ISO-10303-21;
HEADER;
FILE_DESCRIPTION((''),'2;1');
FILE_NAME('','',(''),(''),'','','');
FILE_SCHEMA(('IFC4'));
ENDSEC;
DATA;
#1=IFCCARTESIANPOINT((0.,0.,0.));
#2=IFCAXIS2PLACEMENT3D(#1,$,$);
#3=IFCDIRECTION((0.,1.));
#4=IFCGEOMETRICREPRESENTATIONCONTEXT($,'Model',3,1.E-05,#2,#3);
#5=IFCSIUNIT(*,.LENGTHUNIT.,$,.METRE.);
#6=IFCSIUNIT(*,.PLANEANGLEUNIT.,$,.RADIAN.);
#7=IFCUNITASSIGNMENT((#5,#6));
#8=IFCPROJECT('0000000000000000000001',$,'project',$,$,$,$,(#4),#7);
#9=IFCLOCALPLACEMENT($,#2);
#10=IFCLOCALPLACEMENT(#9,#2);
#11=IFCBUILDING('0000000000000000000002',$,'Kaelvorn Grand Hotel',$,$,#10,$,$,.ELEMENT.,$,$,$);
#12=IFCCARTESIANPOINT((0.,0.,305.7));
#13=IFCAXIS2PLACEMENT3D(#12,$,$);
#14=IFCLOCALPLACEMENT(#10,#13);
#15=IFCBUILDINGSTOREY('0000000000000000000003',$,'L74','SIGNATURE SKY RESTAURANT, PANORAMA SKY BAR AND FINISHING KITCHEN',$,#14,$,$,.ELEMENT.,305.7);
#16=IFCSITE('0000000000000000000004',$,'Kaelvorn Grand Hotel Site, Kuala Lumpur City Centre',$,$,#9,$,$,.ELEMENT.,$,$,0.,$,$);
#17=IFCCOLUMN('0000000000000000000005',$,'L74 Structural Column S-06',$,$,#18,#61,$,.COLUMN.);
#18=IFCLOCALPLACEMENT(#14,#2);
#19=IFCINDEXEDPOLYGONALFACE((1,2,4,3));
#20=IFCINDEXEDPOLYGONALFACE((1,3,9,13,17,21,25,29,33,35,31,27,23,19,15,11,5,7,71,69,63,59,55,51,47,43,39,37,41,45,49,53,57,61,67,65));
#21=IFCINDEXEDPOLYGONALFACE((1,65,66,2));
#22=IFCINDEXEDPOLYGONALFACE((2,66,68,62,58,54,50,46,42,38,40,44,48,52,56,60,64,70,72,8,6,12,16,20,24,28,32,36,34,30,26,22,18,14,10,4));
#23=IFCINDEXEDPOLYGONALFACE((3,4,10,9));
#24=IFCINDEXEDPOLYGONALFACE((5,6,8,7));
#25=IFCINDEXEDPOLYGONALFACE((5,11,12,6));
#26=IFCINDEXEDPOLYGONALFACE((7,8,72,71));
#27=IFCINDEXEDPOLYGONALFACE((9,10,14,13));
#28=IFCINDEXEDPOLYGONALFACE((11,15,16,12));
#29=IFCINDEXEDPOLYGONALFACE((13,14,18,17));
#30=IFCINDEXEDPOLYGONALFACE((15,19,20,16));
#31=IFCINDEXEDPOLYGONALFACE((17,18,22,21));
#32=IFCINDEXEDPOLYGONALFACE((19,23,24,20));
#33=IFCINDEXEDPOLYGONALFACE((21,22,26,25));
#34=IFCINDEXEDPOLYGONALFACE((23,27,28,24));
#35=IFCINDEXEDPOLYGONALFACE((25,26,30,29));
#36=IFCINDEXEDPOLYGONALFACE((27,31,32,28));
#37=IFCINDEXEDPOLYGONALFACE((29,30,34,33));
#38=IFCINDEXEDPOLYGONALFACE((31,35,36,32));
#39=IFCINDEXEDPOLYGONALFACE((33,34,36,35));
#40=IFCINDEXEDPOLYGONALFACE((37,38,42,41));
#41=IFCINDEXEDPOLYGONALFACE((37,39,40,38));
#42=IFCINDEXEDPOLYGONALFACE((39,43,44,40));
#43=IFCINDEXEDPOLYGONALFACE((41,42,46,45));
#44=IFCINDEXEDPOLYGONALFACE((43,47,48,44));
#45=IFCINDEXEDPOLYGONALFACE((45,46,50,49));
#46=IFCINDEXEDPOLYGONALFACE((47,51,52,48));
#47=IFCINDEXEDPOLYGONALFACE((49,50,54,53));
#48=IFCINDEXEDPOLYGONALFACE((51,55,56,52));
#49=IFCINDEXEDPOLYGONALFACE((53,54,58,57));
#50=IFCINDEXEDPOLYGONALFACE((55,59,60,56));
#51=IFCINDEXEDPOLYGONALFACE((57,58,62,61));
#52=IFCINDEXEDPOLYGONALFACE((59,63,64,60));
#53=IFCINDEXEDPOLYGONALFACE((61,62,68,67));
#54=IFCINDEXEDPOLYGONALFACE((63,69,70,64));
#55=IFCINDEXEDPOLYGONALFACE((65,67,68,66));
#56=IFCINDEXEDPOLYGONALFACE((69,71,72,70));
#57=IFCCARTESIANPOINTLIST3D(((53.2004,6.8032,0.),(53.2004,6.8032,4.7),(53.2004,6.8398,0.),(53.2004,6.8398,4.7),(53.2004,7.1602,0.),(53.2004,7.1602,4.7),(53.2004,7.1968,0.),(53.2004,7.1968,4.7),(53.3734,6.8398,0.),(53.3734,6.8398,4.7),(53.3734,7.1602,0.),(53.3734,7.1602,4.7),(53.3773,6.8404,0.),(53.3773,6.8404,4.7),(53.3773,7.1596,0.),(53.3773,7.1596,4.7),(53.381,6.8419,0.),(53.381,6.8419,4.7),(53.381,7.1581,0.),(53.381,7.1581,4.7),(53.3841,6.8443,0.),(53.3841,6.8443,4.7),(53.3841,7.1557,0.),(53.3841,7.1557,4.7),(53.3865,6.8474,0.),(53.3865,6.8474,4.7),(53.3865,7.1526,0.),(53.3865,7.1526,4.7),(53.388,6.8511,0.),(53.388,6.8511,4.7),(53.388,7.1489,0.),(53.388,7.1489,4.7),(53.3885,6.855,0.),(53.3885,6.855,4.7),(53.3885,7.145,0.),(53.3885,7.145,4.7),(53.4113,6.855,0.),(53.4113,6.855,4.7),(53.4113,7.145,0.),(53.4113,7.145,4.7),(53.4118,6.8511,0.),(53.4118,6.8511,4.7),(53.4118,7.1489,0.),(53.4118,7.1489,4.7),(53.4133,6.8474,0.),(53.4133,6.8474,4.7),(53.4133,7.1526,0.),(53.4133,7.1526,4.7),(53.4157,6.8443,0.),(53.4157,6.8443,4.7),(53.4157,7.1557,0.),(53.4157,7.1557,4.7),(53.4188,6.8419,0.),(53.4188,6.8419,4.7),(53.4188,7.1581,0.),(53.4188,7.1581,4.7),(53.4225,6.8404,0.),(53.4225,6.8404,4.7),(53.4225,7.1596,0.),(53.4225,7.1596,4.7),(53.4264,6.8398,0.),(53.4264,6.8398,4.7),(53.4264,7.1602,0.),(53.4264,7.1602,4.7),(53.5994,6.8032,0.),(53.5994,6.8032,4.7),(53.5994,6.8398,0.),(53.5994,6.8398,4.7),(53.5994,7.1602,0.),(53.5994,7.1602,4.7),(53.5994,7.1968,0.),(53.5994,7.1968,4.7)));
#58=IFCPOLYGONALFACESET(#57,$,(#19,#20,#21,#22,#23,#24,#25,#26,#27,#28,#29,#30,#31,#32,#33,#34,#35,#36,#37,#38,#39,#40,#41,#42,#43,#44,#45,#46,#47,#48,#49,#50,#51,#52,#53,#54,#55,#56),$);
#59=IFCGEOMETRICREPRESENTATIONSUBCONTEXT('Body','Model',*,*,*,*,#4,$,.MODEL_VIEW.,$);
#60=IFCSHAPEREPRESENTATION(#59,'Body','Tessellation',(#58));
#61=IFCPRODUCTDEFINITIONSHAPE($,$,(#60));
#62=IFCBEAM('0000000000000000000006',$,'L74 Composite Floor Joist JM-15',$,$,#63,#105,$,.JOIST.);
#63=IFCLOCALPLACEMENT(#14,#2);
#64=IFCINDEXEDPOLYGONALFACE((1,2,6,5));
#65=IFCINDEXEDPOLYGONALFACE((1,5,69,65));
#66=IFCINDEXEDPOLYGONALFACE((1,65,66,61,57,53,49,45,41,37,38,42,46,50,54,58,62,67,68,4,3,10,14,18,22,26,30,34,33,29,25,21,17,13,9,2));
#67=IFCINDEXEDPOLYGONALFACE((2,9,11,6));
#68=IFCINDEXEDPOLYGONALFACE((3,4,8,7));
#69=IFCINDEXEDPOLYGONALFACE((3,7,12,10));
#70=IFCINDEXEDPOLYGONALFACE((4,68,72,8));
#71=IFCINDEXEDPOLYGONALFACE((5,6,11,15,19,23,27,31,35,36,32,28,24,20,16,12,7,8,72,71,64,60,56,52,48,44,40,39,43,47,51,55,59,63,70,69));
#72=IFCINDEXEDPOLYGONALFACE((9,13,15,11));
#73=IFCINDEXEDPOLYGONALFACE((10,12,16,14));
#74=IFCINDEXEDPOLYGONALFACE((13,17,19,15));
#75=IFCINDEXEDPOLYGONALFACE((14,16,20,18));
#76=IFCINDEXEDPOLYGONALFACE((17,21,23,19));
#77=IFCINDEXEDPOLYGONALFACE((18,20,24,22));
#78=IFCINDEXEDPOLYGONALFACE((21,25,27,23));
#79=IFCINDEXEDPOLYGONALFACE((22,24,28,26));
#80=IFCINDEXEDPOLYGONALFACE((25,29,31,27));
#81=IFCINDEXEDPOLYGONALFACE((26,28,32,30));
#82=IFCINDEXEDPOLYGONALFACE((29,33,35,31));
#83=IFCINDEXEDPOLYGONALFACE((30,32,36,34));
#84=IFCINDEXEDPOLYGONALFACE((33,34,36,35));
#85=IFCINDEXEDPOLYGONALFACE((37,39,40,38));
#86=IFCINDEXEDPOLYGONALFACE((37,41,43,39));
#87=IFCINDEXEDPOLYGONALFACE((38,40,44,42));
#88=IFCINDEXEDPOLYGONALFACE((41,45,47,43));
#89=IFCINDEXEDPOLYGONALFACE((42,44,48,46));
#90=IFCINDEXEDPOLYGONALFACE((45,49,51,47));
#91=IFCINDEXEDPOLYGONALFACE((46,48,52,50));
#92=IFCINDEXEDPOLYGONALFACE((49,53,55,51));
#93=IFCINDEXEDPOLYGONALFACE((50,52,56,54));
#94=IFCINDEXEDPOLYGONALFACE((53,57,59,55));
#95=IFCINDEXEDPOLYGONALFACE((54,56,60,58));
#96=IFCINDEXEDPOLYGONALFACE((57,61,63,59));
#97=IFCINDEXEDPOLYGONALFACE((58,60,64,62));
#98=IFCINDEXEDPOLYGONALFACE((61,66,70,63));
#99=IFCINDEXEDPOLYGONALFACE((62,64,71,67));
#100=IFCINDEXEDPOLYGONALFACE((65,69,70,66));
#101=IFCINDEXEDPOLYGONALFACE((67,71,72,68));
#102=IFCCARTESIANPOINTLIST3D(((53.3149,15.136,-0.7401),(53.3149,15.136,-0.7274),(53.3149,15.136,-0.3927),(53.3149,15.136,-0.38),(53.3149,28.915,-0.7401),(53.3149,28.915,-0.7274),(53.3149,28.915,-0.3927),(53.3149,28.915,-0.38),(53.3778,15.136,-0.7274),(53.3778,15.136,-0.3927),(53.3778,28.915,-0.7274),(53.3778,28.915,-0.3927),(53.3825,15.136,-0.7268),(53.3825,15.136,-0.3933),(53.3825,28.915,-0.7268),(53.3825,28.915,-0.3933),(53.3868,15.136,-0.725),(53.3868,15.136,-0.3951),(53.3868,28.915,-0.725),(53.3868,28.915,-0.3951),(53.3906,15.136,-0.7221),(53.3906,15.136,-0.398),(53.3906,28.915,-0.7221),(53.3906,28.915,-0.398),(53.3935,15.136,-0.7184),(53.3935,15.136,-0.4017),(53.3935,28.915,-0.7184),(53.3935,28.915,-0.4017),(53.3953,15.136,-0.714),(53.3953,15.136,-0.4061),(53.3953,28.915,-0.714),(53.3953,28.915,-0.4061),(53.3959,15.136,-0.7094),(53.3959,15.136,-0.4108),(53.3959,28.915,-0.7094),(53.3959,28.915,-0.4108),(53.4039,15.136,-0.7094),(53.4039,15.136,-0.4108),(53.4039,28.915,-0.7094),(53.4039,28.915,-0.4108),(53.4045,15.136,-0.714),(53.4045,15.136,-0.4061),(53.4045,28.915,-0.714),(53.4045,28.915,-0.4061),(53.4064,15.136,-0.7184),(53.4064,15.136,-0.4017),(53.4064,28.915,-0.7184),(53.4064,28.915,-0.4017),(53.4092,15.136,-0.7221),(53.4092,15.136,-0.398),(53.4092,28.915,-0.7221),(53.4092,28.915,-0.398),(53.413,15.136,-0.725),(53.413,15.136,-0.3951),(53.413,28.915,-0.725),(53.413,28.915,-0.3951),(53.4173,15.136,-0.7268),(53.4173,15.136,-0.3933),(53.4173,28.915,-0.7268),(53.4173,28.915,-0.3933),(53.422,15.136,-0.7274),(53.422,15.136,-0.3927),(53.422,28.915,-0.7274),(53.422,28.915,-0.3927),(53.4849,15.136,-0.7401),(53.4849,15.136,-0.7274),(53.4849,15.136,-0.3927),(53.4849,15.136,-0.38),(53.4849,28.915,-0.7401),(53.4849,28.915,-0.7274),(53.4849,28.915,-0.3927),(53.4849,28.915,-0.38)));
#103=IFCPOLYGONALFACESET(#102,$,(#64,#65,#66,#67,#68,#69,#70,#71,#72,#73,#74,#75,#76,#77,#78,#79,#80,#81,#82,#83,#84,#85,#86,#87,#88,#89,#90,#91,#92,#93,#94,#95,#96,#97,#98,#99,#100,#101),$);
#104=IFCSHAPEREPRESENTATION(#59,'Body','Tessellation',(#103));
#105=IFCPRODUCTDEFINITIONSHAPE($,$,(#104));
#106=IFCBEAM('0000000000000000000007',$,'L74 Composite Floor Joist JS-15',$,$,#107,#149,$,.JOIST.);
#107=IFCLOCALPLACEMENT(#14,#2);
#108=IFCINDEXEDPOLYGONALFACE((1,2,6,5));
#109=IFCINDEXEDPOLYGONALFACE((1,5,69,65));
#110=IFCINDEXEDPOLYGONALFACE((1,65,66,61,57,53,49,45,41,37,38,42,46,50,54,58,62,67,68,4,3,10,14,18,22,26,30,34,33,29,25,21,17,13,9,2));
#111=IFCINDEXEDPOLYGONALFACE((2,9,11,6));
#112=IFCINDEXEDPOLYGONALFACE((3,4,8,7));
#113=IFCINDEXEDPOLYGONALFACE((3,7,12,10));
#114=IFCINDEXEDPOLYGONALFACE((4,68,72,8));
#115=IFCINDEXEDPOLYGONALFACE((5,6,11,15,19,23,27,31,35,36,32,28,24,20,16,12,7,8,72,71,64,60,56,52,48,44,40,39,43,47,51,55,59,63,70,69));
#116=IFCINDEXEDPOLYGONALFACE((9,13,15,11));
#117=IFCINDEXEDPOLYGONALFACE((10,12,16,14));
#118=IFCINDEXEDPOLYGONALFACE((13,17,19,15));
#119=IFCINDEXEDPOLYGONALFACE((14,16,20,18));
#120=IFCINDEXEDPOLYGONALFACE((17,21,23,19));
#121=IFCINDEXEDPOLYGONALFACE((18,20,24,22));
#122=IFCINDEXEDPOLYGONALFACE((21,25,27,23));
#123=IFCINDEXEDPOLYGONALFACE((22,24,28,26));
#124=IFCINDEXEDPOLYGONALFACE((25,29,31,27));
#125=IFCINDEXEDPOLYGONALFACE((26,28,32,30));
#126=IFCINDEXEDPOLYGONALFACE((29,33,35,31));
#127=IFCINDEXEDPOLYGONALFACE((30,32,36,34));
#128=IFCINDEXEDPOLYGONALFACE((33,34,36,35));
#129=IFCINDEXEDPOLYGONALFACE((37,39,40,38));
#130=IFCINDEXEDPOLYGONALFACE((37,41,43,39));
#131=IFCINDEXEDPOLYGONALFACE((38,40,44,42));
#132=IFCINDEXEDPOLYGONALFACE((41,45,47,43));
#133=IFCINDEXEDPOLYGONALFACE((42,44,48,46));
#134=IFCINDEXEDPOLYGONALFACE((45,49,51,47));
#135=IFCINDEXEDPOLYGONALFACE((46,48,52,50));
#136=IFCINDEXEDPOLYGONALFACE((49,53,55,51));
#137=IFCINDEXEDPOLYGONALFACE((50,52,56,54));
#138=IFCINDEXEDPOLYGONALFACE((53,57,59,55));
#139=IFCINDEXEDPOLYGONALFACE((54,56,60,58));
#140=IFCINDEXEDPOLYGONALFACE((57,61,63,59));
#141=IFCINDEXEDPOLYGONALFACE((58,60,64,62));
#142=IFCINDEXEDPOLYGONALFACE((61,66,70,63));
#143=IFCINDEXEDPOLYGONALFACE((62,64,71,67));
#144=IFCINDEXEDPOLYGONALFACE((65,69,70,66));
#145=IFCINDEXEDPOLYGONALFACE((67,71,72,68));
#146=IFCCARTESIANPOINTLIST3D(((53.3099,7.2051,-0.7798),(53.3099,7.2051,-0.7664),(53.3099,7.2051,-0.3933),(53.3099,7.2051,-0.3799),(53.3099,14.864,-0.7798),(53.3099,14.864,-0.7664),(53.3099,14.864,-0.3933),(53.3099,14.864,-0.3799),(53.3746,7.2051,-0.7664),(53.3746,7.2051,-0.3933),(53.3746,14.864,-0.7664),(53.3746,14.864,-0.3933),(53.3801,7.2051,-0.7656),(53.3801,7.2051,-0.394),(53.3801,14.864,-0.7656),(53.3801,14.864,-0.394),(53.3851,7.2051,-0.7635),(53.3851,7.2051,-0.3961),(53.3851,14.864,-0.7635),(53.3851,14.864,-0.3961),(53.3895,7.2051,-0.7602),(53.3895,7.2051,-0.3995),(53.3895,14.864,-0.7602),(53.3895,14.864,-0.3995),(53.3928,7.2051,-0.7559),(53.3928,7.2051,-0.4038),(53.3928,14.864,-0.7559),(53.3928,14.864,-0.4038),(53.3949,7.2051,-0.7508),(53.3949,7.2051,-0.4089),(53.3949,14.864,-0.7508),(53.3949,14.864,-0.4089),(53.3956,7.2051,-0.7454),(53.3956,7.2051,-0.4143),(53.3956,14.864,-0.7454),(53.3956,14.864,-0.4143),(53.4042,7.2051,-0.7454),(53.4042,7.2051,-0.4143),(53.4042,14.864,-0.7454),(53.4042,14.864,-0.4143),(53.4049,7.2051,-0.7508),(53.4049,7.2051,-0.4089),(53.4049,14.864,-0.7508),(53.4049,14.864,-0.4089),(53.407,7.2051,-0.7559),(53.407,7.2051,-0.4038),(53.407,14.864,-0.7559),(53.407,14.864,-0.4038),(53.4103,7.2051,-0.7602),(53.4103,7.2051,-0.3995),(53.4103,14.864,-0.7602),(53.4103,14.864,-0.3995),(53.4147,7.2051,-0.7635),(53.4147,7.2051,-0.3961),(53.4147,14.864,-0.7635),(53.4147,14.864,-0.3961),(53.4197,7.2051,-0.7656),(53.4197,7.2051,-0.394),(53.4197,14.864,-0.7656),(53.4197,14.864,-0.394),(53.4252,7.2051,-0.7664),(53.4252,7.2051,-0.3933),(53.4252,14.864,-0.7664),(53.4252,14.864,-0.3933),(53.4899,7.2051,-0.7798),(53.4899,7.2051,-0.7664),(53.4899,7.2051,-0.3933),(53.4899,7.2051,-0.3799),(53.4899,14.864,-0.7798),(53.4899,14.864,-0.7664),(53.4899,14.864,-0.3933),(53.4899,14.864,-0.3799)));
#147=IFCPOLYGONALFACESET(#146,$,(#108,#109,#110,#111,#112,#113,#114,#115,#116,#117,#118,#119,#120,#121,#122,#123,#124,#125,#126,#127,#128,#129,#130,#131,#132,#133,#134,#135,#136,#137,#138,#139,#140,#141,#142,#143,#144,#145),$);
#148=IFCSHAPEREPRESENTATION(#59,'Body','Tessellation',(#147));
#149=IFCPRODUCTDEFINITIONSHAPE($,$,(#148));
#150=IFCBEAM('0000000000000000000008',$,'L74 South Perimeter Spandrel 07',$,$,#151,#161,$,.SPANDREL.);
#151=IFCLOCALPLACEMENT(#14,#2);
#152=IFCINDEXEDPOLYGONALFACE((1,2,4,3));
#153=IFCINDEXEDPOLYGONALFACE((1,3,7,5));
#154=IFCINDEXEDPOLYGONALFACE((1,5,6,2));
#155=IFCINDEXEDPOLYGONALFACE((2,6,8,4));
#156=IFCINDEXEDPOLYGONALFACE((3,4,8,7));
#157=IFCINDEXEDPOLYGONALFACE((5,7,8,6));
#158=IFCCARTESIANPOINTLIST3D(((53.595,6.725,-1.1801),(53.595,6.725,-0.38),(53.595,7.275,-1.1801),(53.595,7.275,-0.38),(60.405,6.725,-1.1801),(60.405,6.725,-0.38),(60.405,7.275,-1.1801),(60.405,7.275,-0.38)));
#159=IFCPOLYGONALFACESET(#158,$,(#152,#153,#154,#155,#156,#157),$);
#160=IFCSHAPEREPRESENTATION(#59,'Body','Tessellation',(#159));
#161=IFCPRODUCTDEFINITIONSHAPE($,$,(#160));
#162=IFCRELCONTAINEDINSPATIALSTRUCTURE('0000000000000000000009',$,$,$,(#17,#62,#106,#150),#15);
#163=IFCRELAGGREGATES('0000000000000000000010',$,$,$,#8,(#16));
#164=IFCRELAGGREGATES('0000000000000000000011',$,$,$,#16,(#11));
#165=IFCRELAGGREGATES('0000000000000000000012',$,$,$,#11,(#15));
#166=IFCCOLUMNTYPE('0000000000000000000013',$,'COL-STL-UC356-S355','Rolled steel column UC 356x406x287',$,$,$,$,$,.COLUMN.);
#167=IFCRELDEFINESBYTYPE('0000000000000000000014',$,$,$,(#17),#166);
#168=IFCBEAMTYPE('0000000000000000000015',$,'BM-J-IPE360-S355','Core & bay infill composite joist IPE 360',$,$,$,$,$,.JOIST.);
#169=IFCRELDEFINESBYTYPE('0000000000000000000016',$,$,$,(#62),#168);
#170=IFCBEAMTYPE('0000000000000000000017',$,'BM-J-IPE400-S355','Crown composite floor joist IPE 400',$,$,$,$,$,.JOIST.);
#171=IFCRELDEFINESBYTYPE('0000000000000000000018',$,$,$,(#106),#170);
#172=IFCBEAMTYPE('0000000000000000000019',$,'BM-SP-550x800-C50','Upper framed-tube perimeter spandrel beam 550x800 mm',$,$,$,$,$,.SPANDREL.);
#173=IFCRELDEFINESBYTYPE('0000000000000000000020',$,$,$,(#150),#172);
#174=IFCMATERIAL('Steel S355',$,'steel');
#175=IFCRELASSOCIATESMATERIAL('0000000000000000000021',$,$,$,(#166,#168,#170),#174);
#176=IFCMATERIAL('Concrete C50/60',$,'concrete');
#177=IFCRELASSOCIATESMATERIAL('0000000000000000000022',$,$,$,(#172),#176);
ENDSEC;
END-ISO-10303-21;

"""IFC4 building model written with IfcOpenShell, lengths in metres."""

from ifc_helpers import new_model, si_unit, direction, frame, origin, origin_2d, place, context, subcontext, project, spatial, rectangle, i_section, extrude, material, material_profile, profile_set, type_object, element, save


model = new_model("IFC4")

# Units and contexts
model_context = context("Model", 3, precision=1e-05, world=origin(), true_north=direction((0.0, 1.0)))
body_context = subcontext(model_context, "Body", "Model", "MODEL_VIEW")
ifc_project = project(units=[si_unit("LENGTHUNIT", "METRE"), si_unit("PLANEANGLEUNIT", "RADIAN")], contexts=[model_context])

# Site, building, storey
site_placement = place(None, origin())
site = spatial("IfcSite", under=ifc_project, at=site_placement, Name="Kaelvorn Grand Hotel Site, Kuala Lumpur City Centre", CompositionType="ELEMENT", RefElevation=0.0)
building_placement = place(site_placement, origin())
building = spatial("IfcBuilding", under=site, at=building_placement, Name="Kaelvorn Grand Hotel", CompositionType="ELEMENT")
storey_placement = place(building_placement, frame((0.0, 0.0, 305.7)))
storey = spatial("IfcBuildingStorey", under=building, at=storey_placement, Name="L74", Description="SIGNATURE SKY RESTAURANT, PANORAMA SKY BAR AND FINISHING KITCHEN", CompositionType="ELEMENT", Elevation=305.7)

# Column
ifc_material_1 = material(Name="Steel S355", Category="steel")
ifc_material_profile_1 = material_profile(ifc_material_1, i_section(OverallWidth=0.3989, OverallDepth=0.3936, WebThickness=0.0227, FlangeThickness=0.0366, FilletRadius=0.0151, at=origin_2d()), Name="UC 356x406x287")
ifc_profile_set_1 = profile_set([ifc_material_profile_1], Name="Steel S355")
column_type = type_object("IfcColumnType", Name="COL-STL-UC356-S355", Description="Rolled steel column UC 356x406x287", PredefinedType="COLUMN", material=ifc_profile_set_1)
column_placement = place(storey_placement, frame((53.3999, 7.0, 0.0), z_axis=(0.0, 0.0, 1.0), x_axis=(1.0, 0.0, 0.0)))
element("IfcColumn", 1, at=column_placement, inside=storey, type_object=column_type, Name="L74 Structural Column S-06", PredefinedType="COLUMN", context=body_context, shape_type="SweptSolid", body=[
    extrude(i_section(OverallWidth=0.3989, OverallDepth=0.3936, WebThickness=0.0227, FlangeThickness=0.0366, FilletRadius=0.0151, at=origin_2d()), origin(), (0.0, 0.0, 1.0), 4.7),
])

# Beams
ifc_material_profile_2 = material_profile(ifc_material_1, i_section(OverallWidth=0.1699, OverallDepth=0.3601, WebThickness=0.0081, FlangeThickness=0.0127, FilletRadius=0.0181, at=origin_2d()), Name="IPE 360")
ifc_profile_set_2 = profile_set([ifc_material_profile_2], Name="Steel S355")
beam_type_1 = type_object("IfcBeamType", Name="BM-J-IPE360-S355", Description="Core & bay infill composite joist IPE 360", PredefinedType="JOIST", material=ifc_profile_set_2)
beam_1_placement = place(storey_placement, frame((53.3999, 15.136, -0.5601), z_axis=(0.0, 1.0, 0.0), x_axis=(-1.0, 0.0, 0.0)))
element("IfcBeam", 2, at=beam_1_placement, inside=storey, type_object=beam_type_1, Name="L74 Composite Floor Joist JM-15", PredefinedType="JOIST", context=body_context, shape_type="SweptSolid", body=[
    extrude(i_section(OverallWidth=0.1699, OverallDepth=0.3601, WebThickness=0.0081, FlangeThickness=0.0127, FilletRadius=0.0181, at=origin_2d()), origin(), (0.0, 0.0, 1.0), 13.7791),
])
ifc_material_profile_3 = material_profile(ifc_material_1, i_section(OverallWidth=0.1799, OverallDepth=0.3999, WebThickness=0.0085, FlangeThickness=0.0134, FilletRadius=0.021, at=origin_2d()), Name="IPE 400")
ifc_profile_set_3 = profile_set([ifc_material_profile_3], Name="Steel S355")
beam_type_2 = type_object("IfcBeamType", Name="BM-J-IPE400-S355", Description="Crown composite floor joist IPE 400", PredefinedType="JOIST", material=ifc_profile_set_3)
beam_2_placement = place(storey_placement, frame((53.3999, 7.2051, -0.5798), z_axis=(0.0, 1.0, 0.0), x_axis=(-1.0, 0.0, 0.0)))
element("IfcBeam", 3, at=beam_2_placement, inside=storey, type_object=beam_type_2, Name="L74 Composite Floor Joist JS-15", PredefinedType="JOIST", context=body_context, shape_type="SweptSolid", body=[
    extrude(i_section(OverallWidth=0.1799, OverallDepth=0.3999, WebThickness=0.0085, FlangeThickness=0.0134, FilletRadius=0.021, at=origin_2d()), origin(), (0.0, 0.0, 1.0), 7.6589),
])
ifc_material_2 = material(Name="Concrete C50/60", Category="concrete")
ifc_material_profile_4 = material_profile(ifc_material_2, rectangle(XDim=0.55, YDim=0.8, at=origin_2d()), Name="RC SPANDREL 550x800")
ifc_profile_set_4 = profile_set([ifc_material_profile_4], Name="Concrete C50/60")
beam_type_3 = type_object("IfcBeamType", Name="BM-SP-550x800-C50", Description="Upper framed-tube perimeter spandrel beam 550x800 mm", PredefinedType="SPANDREL", material=ifc_profile_set_4)
beam_3_placement = place(storey_placement, frame((53.595, 7.0, -0.78), z_axis=(1.0, 0.0, 0.0), x_axis=(0.0, 1.0, 0.0)))
element("IfcBeam", 4, at=beam_3_placement, inside=storey, type_object=beam_type_3, Name="L74 South Perimeter Spandrel 07", PredefinedType="SPANDREL", context=body_context, shape_type="SweptSolid", body=[
    extrude(rectangle(XDim=0.55, YDim=0.8, at=origin_2d()), origin(), (0.0, 0.0, 1.0), 6.8101),
])

save(model, "model.ifc")
